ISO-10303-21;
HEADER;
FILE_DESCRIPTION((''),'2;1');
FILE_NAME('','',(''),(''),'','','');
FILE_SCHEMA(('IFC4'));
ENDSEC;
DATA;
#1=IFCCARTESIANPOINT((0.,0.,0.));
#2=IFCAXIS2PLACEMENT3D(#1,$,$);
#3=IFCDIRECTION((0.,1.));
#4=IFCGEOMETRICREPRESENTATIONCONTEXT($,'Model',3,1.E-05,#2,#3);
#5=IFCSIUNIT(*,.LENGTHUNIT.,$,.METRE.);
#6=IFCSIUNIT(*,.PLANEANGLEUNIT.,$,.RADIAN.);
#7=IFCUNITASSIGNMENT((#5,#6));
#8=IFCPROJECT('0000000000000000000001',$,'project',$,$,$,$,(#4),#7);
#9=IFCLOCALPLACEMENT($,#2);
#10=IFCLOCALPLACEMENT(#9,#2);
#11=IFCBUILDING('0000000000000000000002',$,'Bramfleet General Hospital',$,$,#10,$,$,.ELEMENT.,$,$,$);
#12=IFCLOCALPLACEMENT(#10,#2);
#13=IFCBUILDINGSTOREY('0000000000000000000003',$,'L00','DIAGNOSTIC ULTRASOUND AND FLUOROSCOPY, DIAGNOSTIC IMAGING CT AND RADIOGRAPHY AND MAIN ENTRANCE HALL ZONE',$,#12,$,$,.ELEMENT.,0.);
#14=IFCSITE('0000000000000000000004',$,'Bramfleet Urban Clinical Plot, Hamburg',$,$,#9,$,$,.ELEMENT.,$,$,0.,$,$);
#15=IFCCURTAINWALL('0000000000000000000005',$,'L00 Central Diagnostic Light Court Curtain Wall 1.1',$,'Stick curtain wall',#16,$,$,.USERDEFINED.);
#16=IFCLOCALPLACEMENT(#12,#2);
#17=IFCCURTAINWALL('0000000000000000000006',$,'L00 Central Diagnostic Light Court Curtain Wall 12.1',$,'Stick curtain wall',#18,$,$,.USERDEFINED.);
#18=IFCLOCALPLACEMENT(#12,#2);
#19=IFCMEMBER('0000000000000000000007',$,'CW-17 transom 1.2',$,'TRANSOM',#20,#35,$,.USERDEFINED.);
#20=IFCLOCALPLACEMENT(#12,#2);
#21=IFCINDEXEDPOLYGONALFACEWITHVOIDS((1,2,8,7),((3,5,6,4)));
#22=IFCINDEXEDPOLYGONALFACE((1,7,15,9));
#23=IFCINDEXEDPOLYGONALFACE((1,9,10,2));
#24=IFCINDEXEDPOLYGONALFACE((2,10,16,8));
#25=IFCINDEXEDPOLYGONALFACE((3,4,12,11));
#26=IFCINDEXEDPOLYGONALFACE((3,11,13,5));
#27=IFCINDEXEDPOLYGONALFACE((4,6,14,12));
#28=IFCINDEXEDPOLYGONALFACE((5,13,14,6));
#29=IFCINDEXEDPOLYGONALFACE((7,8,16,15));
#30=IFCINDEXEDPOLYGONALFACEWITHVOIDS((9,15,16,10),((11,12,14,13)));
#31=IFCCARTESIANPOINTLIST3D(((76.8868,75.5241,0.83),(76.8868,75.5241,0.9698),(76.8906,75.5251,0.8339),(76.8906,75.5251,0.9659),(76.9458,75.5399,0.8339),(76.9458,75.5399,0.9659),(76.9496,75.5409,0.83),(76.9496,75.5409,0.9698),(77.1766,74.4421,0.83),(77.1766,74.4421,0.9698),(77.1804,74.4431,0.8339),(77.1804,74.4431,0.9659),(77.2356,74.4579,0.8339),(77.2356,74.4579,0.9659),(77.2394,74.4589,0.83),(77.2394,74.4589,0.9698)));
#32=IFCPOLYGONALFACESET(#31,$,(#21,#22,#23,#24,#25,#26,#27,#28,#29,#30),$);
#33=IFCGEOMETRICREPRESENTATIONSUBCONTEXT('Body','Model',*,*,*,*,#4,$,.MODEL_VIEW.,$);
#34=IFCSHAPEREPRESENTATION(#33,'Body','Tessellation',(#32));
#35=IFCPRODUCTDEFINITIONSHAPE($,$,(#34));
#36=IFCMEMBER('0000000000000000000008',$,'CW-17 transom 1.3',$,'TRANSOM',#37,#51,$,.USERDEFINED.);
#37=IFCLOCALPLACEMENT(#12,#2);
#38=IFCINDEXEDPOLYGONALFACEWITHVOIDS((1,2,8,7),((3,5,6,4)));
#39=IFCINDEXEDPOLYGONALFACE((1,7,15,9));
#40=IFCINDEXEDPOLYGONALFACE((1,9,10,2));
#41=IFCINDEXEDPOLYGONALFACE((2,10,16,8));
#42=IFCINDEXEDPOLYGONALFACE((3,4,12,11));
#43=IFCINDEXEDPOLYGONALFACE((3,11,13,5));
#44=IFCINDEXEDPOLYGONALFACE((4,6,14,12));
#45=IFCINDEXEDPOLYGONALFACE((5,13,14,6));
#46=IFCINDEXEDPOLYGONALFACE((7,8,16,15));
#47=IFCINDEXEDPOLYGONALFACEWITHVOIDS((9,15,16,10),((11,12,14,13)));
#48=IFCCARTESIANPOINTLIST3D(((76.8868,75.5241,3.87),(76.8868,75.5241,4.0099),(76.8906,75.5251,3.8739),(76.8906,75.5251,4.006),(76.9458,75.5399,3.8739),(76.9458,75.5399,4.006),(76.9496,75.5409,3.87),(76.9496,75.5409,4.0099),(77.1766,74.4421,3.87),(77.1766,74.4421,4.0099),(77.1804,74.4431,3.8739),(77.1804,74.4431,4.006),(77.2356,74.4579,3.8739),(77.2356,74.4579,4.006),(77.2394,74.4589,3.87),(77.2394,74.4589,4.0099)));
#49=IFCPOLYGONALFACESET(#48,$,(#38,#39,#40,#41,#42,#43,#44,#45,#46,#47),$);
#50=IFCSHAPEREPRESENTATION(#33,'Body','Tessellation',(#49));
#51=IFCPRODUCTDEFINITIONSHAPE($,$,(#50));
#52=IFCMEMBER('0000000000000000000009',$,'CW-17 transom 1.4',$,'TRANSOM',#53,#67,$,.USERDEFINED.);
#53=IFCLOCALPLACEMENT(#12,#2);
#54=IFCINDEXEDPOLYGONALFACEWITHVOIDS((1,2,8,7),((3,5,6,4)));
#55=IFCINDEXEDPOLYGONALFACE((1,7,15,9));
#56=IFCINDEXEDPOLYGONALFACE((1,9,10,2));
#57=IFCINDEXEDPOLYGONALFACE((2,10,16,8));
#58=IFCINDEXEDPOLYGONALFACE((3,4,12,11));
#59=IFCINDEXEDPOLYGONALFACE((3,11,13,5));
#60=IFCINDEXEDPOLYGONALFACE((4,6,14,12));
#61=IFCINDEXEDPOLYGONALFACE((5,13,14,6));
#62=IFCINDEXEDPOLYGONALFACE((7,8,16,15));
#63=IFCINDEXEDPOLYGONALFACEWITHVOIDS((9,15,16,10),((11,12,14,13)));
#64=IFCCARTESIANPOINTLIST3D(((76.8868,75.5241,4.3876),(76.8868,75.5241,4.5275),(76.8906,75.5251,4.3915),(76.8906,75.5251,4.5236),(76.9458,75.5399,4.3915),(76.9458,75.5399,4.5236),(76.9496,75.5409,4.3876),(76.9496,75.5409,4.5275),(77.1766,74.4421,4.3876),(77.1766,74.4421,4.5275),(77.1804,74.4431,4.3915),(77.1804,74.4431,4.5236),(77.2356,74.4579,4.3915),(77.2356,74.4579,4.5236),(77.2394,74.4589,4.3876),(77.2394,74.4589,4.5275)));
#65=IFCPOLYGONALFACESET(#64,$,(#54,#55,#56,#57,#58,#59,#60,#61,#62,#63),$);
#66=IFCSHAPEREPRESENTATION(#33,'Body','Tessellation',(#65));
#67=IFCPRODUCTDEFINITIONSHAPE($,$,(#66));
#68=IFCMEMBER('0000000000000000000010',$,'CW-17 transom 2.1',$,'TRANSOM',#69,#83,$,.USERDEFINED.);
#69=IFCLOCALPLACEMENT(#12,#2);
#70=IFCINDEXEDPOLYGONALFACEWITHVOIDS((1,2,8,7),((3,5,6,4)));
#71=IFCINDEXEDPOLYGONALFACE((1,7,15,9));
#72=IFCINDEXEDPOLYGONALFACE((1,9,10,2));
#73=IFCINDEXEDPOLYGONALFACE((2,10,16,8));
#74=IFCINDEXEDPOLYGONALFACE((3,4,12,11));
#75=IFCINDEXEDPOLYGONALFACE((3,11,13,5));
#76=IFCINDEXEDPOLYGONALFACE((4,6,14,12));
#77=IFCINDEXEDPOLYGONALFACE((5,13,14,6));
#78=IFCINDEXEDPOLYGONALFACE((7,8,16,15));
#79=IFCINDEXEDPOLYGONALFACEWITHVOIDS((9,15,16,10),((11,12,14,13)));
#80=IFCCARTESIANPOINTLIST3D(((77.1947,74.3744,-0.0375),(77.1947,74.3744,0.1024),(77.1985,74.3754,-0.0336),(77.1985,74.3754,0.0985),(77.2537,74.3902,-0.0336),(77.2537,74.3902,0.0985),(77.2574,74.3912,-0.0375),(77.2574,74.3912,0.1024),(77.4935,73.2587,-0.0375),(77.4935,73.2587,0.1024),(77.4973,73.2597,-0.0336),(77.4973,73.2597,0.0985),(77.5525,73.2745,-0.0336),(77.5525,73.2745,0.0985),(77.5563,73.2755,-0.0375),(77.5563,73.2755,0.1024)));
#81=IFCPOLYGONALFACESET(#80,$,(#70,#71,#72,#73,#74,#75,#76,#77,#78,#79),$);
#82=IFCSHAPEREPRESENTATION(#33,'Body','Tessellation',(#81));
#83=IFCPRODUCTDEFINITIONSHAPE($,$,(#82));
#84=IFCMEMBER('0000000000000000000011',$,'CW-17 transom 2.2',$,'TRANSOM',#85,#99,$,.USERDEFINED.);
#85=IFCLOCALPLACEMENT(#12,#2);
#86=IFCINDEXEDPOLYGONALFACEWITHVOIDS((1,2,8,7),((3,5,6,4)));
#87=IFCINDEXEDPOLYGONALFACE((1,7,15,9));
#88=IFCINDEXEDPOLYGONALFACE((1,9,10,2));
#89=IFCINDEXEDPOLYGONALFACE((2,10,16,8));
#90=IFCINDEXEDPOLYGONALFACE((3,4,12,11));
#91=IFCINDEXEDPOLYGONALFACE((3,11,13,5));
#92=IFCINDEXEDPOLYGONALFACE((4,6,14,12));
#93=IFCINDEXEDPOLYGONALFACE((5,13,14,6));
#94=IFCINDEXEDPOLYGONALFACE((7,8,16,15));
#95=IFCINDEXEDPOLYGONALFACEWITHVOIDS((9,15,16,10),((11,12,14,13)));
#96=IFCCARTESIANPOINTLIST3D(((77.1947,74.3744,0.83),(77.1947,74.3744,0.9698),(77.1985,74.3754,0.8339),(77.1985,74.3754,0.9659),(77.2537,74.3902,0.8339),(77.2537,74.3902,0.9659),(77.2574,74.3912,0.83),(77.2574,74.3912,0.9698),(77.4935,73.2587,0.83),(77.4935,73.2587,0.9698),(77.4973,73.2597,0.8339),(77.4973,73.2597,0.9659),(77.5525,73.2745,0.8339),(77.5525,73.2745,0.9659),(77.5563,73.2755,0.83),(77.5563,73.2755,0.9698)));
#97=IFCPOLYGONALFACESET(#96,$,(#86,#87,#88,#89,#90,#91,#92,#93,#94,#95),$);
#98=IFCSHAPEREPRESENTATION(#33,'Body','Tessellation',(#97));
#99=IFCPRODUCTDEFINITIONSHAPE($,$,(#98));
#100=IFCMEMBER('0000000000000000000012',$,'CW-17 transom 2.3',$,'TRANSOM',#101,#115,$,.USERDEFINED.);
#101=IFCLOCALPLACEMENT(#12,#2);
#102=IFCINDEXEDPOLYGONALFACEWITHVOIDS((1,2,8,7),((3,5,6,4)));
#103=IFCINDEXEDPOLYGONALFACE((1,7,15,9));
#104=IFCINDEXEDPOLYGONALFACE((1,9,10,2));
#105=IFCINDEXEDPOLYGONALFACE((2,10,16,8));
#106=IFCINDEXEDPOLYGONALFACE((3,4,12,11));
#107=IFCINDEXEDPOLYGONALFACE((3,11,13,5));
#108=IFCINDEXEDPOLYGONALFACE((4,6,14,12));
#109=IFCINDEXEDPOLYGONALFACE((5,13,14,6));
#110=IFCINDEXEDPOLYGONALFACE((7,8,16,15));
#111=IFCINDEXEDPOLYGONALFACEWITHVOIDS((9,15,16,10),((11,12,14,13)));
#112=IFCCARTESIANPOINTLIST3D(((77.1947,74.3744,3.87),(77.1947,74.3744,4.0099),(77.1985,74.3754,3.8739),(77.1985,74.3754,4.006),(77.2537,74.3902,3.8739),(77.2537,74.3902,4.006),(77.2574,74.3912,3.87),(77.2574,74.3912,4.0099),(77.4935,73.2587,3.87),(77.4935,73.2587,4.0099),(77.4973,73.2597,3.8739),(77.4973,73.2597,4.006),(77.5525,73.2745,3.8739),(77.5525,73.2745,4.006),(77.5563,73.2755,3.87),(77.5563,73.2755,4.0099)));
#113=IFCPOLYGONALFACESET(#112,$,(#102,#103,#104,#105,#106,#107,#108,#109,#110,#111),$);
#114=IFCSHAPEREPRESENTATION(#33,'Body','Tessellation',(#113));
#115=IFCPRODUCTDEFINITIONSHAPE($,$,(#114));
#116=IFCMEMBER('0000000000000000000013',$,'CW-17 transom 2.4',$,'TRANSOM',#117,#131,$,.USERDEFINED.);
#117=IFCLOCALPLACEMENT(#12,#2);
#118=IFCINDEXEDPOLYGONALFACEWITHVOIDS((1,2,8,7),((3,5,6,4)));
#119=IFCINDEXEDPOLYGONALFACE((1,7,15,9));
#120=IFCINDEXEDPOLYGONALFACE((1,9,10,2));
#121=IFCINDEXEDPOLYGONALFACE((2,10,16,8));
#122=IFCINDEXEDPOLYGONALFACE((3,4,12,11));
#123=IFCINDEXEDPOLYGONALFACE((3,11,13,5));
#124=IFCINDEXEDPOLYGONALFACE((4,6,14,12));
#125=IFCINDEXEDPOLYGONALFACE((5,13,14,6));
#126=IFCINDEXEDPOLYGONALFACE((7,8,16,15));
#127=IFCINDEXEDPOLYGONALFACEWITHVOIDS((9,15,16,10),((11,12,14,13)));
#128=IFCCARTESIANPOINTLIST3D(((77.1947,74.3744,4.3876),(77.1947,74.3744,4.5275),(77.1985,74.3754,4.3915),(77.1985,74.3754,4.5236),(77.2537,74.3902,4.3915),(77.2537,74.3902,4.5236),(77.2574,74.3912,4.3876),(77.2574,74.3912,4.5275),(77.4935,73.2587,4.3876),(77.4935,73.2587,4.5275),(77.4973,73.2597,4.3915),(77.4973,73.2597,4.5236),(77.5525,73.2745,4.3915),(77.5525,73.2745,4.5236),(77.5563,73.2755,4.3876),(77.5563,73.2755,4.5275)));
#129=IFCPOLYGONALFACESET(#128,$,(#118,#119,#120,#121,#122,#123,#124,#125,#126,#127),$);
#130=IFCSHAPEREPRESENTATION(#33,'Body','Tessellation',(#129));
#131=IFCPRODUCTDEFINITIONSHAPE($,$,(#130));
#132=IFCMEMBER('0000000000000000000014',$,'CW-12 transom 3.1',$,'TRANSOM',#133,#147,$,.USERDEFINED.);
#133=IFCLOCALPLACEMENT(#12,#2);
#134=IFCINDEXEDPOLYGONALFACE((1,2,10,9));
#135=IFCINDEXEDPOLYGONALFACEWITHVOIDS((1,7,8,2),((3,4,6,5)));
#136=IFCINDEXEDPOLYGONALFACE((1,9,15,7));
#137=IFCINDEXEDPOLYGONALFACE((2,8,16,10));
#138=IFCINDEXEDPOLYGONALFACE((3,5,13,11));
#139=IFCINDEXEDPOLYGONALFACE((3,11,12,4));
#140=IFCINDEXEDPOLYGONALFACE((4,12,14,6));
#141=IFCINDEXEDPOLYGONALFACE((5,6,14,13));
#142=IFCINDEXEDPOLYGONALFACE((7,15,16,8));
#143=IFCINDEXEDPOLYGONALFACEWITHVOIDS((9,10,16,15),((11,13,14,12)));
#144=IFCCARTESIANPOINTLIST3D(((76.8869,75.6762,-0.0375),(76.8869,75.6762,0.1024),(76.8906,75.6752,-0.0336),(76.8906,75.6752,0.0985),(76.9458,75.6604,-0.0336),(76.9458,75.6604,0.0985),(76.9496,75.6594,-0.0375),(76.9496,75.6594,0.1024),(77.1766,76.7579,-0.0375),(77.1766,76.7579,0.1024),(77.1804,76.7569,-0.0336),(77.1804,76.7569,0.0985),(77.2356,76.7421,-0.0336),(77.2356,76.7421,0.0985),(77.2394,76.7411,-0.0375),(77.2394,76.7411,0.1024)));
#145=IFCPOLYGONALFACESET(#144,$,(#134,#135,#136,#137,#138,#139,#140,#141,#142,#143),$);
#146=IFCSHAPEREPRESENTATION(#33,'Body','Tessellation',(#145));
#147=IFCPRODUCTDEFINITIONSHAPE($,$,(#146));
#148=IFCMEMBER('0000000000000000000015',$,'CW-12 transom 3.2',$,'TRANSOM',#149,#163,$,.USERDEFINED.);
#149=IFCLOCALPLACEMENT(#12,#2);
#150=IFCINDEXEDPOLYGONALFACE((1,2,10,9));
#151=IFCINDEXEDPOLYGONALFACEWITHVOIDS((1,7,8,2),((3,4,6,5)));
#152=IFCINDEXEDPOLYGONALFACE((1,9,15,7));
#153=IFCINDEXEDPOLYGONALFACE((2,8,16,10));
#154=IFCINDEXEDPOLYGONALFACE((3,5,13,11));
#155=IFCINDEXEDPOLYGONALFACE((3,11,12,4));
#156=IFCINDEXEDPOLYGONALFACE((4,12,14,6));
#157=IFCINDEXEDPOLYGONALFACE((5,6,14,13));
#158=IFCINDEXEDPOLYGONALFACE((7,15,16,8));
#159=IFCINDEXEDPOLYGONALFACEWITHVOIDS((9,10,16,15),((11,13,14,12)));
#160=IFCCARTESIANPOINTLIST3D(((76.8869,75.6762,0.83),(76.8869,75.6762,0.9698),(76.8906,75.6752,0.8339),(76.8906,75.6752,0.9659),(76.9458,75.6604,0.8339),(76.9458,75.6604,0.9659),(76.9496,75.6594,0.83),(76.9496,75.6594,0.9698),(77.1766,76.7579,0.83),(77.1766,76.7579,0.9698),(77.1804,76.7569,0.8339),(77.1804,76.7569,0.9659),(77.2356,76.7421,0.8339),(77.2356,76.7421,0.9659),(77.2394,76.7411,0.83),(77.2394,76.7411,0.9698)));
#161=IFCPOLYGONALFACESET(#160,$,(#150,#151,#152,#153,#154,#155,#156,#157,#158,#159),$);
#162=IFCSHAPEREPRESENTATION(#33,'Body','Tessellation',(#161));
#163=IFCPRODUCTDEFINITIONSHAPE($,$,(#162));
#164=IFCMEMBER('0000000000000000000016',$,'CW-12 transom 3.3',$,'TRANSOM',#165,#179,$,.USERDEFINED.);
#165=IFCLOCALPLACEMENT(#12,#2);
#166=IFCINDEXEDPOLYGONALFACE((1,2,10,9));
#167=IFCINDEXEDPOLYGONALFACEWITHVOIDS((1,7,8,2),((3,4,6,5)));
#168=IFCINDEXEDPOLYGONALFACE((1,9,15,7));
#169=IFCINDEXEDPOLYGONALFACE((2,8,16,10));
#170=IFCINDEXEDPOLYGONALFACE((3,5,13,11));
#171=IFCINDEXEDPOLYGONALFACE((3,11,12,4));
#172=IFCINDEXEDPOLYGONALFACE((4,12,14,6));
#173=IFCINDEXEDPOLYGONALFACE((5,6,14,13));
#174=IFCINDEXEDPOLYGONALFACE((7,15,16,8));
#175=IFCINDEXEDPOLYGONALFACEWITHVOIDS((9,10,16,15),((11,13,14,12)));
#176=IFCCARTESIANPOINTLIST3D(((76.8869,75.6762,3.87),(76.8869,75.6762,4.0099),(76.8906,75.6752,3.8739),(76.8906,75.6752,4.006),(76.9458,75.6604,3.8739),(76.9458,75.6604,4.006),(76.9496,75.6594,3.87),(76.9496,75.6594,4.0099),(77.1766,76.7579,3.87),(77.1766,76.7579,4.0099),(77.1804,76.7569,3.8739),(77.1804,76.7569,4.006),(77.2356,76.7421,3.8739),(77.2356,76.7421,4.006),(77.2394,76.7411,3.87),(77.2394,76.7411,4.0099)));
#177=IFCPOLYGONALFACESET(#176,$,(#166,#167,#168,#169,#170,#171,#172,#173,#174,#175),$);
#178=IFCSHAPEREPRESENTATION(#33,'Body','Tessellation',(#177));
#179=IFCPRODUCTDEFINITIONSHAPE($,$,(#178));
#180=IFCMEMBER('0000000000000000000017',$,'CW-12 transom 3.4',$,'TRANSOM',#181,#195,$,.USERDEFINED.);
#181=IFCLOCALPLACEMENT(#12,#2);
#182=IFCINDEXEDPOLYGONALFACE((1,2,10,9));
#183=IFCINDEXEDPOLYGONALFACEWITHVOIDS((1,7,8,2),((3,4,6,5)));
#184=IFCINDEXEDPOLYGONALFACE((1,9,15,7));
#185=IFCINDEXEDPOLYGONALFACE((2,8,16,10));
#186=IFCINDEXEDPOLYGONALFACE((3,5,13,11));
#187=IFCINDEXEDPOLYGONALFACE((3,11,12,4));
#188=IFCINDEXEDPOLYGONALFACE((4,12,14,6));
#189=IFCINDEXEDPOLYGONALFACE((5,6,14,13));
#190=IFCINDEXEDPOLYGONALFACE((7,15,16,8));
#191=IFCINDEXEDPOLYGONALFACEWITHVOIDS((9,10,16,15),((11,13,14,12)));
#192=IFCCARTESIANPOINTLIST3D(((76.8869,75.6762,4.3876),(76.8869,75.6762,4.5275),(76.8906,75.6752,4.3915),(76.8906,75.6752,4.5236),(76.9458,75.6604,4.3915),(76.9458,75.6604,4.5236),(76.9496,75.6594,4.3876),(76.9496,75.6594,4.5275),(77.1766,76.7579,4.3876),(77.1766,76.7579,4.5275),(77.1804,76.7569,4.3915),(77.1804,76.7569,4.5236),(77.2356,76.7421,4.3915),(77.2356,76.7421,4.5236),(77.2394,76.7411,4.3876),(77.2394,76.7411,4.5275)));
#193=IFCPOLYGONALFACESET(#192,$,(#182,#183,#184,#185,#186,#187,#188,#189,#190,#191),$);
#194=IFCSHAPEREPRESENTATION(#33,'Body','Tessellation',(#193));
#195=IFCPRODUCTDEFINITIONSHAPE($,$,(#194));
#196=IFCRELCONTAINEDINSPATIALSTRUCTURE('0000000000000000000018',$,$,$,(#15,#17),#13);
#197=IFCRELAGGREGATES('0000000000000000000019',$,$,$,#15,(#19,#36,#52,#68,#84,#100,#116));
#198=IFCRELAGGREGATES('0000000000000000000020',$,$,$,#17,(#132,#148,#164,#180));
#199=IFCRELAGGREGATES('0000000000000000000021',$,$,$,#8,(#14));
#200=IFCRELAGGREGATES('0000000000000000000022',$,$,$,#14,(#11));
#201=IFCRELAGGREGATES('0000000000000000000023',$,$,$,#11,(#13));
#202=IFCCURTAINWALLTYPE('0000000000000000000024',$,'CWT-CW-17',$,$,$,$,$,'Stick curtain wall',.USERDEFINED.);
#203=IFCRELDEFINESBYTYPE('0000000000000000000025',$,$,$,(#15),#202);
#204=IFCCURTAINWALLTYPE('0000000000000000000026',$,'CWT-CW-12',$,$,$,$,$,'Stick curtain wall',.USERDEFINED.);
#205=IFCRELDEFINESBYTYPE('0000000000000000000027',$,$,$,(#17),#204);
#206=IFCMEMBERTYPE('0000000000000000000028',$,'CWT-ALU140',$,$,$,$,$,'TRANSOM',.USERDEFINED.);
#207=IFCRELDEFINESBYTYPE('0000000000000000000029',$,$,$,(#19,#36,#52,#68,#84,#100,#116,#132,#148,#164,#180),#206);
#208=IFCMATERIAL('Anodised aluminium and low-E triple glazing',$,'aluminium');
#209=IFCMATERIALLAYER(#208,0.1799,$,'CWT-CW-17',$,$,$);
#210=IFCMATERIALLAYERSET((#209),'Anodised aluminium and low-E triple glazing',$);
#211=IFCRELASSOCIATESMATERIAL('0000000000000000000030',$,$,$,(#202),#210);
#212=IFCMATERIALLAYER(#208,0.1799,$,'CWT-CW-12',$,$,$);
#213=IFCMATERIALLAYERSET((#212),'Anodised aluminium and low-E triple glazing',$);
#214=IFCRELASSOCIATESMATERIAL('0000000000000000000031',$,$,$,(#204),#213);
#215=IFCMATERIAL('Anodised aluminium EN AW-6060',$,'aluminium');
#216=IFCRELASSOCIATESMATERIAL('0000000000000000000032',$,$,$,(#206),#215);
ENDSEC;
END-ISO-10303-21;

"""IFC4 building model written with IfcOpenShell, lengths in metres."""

from ifc_helpers import new_model, si_unit, direction, frame, origin, origin_2d, place, context, subcontext, project, spatial, hollow_rectangle, extrude, material, layer, layer_set, material_profile, profile_set, type_object, element, aggregate, save


model = new_model("IFC4")

# Units and contexts
model_context = context("Model", 3, precision=1e-05, world=origin(), true_north=direction((0.0, 1.0)))
body_context = subcontext(model_context, "Body", "Model", "MODEL_VIEW")
ifc_project = project(units=[si_unit("LENGTHUNIT", "METRE"), si_unit("PLANEANGLEUNIT", "RADIAN")], contexts=[model_context])

# Site, building, storey
site_placement = place(None, origin())
site = spatial("IfcSite", under=ifc_project, at=site_placement, Name="Bramfleet Urban Clinical Plot, Hamburg", CompositionType="ELEMENT", RefElevation=0.0)
building_placement = place(site_placement, origin())
building = spatial("IfcBuilding", under=site, at=building_placement, Name="Bramfleet General Hospital", CompositionType="ELEMENT")
storey_placement = place(building_placement, origin())
storey = spatial("IfcBuildingStorey", under=building, at=storey_placement, Name="L00", Description="DIAGNOSTIC ULTRASOUND AND FLUOROSCOPY, DIAGNOSTIC IMAGING CT AND RADIOGRAPHY AND MAIN ENTRANCE HALL ZONE", CompositionType="ELEMENT", Elevation=0.0)

# Curtain walls
ifc_material_1 = material(Name="Anodised aluminium and low-E triple glazing", Category="aluminium")
ifc_layer_1 = layer(ifc_material_1, 0.1799, Name="CWT-CW-17")
ifc_layer_set_1 = layer_set([ifc_layer_1], Name="Anodised aluminium and low-E triple glazing")
curtain_wall_type_1 = type_object("IfcCurtainWallType", Name="CWT-CW-17", ElementType="Stick curtain wall", PredefinedType="USERDEFINED", material=ifc_layer_set_1)
curtain_wall_1_placement = place(storey_placement, origin())
curtain_wall_1 = element("IfcCurtainWall", 1, at=curtain_wall_1_placement, inside=storey, type_object=curtain_wall_type_1, Name="L00 Central Diagnostic Light Court Curtain Wall 1.1", ObjectType="Stick curtain wall", PredefinedType="USERDEFINED")
ifc_material_2 = material(Name="Anodised aluminium EN AW-6060", Category="aluminium")
ifc_layer_2 = layer(ifc_material_1, 0.1799, Name="CWT-CW-12")
ifc_layer_set_2 = layer_set([ifc_layer_2], Name="Anodised aluminium and low-E triple glazing")
curtain_wall_type_2 = type_object("IfcCurtainWallType", Name="CWT-CW-12", ElementType="Stick curtain wall", PredefinedType="USERDEFINED", material=ifc_layer_set_2)
curtain_wall_2_placement = place(storey_placement, origin())
curtain_wall_2 = element("IfcCurtainWall", 2, at=curtain_wall_2_placement, inside=storey, type_object=curtain_wall_type_2, Name="L00 Central Diagnostic Light Court Curtain Wall 12.1", ObjectType="Stick curtain wall", PredefinedType="USERDEFINED")

# Members
ifc_material_profile_1 = material_profile(ifc_material_2, hollow_rectangle(XDim=0.0649, YDim=0.1399, WallThickness=0.0039, at=origin_2d()), Name="ALU 140x65x4.0")
ifc_profile_set_1 = profile_set([ifc_material_profile_1], Name="Anodised aluminium EN AW-6060")
member_type_1 = type_object("IfcMemberType", Name="CWT-ALU140", ElementType="TRANSOM", PredefinedType="USERDEFINED", material=ifc_profile_set_1)
member_1_placement = place(storey_placement, frame((76.9182, 75.5325, 0.8999), z_axis=(0.258707, -0.965956, 0.0), x_axis=(0.965956, 0.258707, 0.0)))
member_1 = element("IfcMember", 3, at=member_1_placement, type_object=member_type_1, Name="CW-17 transom 1.2", ObjectType="TRANSOM", PredefinedType="USERDEFINED", context=body_context, shape_type="SweptSolid", body=[
    extrude(hollow_rectangle(XDim=0.0649, YDim=0.1399, WallThickness=0.0039, at=origin_2d()), origin(), (0.0, 0.0, 1.0), 1.1201),
])
member_2_placement = place(storey_placement, frame((76.9182, 75.5325, 3.9399), z_axis=(0.258707, -0.965956, 0.0), x_axis=(0.965956, 0.258707, 0.0)))
member_2 = element("IfcMember", 4, at=member_2_placement, type_object=member_type_1, Name="CW-17 transom 1.3", ObjectType="TRANSOM", PredefinedType="USERDEFINED", context=body_context, shape_type="SweptSolid", body=[
    extrude(hollow_rectangle(XDim=0.0649, YDim=0.1399, WallThickness=0.0039, at=origin_2d()), origin(), (0.0, 0.0, 1.0), 1.1201),
])
member_3_placement = place(storey_placement, frame((76.9182, 75.5325, 4.4575), z_axis=(0.258707, -0.965956, 0.0), x_axis=(0.965956, 0.258707, 0.0)))
member_3 = element("IfcMember", 5, at=member_3_placement, type_object=member_type_1, Name="CW-17 transom 1.4", ObjectType="TRANSOM", PredefinedType="USERDEFINED", context=body_context, shape_type="SweptSolid", body=[
    extrude(hollow_rectangle(XDim=0.0649, YDim=0.1399, WallThickness=0.0039, at=origin_2d()), origin(), (0.0, 0.0, 1.0), 1.1201),
])
member_4_placement = place(storey_placement, frame((77.2261, 74.3828, 0.0325), z_axis=(0.258715, -0.965954, 0.0), x_axis=(0.965954, 0.258715, 0.0)))
member_4 = element("IfcMember", 6, at=member_4_placement, type_object=member_type_1, Name="CW-17 transom 2.1", ObjectType="TRANSOM", PredefinedType="USERDEFINED", context=body_context, shape_type="SweptSolid", body=[
    extrude(hollow_rectangle(XDim=0.0649, YDim=0.1399, WallThickness=0.0039, at=origin_2d()), origin(), (0.0, 0.0, 1.0), 1.155),
])
member_5_placement = place(storey_placement, frame((77.2261, 74.3828, 0.8999), z_axis=(0.258715, -0.965954, 0.0), x_axis=(0.965954, 0.258715, 0.0)))
member_5 = element("IfcMember", 7, at=member_5_placement, type_object=member_type_1, Name="CW-17 transom 2.2", ObjectType="TRANSOM", PredefinedType="USERDEFINED", context=body_context, shape_type="SweptSolid", body=[
    extrude(hollow_rectangle(XDim=0.0649, YDim=0.1399, WallThickness=0.0039, at=origin_2d()), origin(), (0.0, 0.0, 1.0), 1.155),
])
member_6_placement = place(storey_placement, frame((77.2261, 74.3828, 3.9399), z_axis=(0.258715, -0.965954, 0.0), x_axis=(0.965954, 0.258715, 0.0)))
member_6 = element("IfcMember", 8, at=member_6_placement, type_object=member_type_1, Name="CW-17 transom 2.3", ObjectType="TRANSOM", PredefinedType="USERDEFINED", context=body_context, shape_type="SweptSolid", body=[
    extrude(hollow_rectangle(XDim=0.0649, YDim=0.1399, WallThickness=0.0039, at=origin_2d()), origin(), (0.0, 0.0, 1.0), 1.155),
])
member_7_placement = place(storey_placement, frame((77.2261, 74.3828, 4.4575), z_axis=(0.258715, -0.965954, 0.0), x_axis=(0.965954, 0.258715, 0.0)))
member_7 = element("IfcMember", 9, at=member_7_placement, type_object=member_type_1, Name="CW-17 transom 2.4", ObjectType="TRANSOM", PredefinedType="USERDEFINED", context=body_context, shape_type="SweptSolid", body=[
    extrude(hollow_rectangle(XDim=0.0649, YDim=0.1399, WallThickness=0.0039, at=origin_2d()), origin(), (0.0, 0.0, 1.0), 1.155),
])
member_8_placement = place(storey_placement, frame((77.208, 76.7495, 0.0325), z_axis=(-0.258762, -0.965941, 0.0), x_axis=(0.965941, -0.258762, 0.0)))
member_8 = element("IfcMember", 10, at=member_8_placement, type_object=member_type_1, Name="CW-12 transom 3.1", ObjectType="TRANSOM", PredefinedType="USERDEFINED", context=body_context, shape_type="SweptSolid", body=[
    extrude(hollow_rectangle(XDim=0.0649, YDim=0.1399, WallThickness=0.0039, at=origin_2d()), origin(), (0.0, 0.0, 1.0), 1.1199),
])
member_9_placement = place(storey_placement, frame((77.208, 76.7495, 0.8999), z_axis=(-0.258762, -0.965941, 0.0), x_axis=(0.965941, -0.258762, 0.0)))
member_9 = element("IfcMember", 11, at=member_9_placement, type_object=member_type_1, Name="CW-12 transom 3.2", ObjectType="TRANSOM", PredefinedType="USERDEFINED", context=body_context, shape_type="SweptSolid", body=[
    extrude(hollow_rectangle(XDim=0.0649, YDim=0.1399, WallThickness=0.0039, at=origin_2d()), origin(), (0.0, 0.0, 1.0), 1.1199),
])
member_10_placement = place(storey_placement, frame((77.208, 76.7495, 3.9399), z_axis=(-0.258762, -0.965941, 0.0), x_axis=(0.965941, -0.258762, 0.0)))
member_10 = element("IfcMember", 12, at=member_10_placement, type_object=member_type_1, Name="CW-12 transom 3.3", ObjectType="TRANSOM", PredefinedType="USERDEFINED", context=body_context, shape_type="SweptSolid", body=[
    extrude(hollow_rectangle(XDim=0.0649, YDim=0.1399, WallThickness=0.0039, at=origin_2d()), origin(), (0.0, 0.0, 1.0), 1.1199),
])
member_11_placement = place(storey_placement, frame((77.208, 76.7495, 4.4575), z_axis=(-0.258762, -0.965941, 0.0), x_axis=(0.965941, -0.258762, 0.0)))
member_11 = element("IfcMember", 13, at=member_11_placement, type_object=member_type_1, Name="CW-12 transom 3.4", ObjectType="TRANSOM", PredefinedType="USERDEFINED", context=body_context, shape_type="SweptSolid", body=[
    extrude(hollow_rectangle(XDim=0.0649, YDim=0.1399, WallThickness=0.0039, at=origin_2d()), origin(), (0.0, 0.0, 1.0), 1.1199),
])

aggregate(curtain_wall_1, [member_1, member_2, member_3, member_4, member_5, member_6, member_7])
aggregate(curtain_wall_2, [member_8, member_9, member_10, member_11])

save(model, "model.ifc")
